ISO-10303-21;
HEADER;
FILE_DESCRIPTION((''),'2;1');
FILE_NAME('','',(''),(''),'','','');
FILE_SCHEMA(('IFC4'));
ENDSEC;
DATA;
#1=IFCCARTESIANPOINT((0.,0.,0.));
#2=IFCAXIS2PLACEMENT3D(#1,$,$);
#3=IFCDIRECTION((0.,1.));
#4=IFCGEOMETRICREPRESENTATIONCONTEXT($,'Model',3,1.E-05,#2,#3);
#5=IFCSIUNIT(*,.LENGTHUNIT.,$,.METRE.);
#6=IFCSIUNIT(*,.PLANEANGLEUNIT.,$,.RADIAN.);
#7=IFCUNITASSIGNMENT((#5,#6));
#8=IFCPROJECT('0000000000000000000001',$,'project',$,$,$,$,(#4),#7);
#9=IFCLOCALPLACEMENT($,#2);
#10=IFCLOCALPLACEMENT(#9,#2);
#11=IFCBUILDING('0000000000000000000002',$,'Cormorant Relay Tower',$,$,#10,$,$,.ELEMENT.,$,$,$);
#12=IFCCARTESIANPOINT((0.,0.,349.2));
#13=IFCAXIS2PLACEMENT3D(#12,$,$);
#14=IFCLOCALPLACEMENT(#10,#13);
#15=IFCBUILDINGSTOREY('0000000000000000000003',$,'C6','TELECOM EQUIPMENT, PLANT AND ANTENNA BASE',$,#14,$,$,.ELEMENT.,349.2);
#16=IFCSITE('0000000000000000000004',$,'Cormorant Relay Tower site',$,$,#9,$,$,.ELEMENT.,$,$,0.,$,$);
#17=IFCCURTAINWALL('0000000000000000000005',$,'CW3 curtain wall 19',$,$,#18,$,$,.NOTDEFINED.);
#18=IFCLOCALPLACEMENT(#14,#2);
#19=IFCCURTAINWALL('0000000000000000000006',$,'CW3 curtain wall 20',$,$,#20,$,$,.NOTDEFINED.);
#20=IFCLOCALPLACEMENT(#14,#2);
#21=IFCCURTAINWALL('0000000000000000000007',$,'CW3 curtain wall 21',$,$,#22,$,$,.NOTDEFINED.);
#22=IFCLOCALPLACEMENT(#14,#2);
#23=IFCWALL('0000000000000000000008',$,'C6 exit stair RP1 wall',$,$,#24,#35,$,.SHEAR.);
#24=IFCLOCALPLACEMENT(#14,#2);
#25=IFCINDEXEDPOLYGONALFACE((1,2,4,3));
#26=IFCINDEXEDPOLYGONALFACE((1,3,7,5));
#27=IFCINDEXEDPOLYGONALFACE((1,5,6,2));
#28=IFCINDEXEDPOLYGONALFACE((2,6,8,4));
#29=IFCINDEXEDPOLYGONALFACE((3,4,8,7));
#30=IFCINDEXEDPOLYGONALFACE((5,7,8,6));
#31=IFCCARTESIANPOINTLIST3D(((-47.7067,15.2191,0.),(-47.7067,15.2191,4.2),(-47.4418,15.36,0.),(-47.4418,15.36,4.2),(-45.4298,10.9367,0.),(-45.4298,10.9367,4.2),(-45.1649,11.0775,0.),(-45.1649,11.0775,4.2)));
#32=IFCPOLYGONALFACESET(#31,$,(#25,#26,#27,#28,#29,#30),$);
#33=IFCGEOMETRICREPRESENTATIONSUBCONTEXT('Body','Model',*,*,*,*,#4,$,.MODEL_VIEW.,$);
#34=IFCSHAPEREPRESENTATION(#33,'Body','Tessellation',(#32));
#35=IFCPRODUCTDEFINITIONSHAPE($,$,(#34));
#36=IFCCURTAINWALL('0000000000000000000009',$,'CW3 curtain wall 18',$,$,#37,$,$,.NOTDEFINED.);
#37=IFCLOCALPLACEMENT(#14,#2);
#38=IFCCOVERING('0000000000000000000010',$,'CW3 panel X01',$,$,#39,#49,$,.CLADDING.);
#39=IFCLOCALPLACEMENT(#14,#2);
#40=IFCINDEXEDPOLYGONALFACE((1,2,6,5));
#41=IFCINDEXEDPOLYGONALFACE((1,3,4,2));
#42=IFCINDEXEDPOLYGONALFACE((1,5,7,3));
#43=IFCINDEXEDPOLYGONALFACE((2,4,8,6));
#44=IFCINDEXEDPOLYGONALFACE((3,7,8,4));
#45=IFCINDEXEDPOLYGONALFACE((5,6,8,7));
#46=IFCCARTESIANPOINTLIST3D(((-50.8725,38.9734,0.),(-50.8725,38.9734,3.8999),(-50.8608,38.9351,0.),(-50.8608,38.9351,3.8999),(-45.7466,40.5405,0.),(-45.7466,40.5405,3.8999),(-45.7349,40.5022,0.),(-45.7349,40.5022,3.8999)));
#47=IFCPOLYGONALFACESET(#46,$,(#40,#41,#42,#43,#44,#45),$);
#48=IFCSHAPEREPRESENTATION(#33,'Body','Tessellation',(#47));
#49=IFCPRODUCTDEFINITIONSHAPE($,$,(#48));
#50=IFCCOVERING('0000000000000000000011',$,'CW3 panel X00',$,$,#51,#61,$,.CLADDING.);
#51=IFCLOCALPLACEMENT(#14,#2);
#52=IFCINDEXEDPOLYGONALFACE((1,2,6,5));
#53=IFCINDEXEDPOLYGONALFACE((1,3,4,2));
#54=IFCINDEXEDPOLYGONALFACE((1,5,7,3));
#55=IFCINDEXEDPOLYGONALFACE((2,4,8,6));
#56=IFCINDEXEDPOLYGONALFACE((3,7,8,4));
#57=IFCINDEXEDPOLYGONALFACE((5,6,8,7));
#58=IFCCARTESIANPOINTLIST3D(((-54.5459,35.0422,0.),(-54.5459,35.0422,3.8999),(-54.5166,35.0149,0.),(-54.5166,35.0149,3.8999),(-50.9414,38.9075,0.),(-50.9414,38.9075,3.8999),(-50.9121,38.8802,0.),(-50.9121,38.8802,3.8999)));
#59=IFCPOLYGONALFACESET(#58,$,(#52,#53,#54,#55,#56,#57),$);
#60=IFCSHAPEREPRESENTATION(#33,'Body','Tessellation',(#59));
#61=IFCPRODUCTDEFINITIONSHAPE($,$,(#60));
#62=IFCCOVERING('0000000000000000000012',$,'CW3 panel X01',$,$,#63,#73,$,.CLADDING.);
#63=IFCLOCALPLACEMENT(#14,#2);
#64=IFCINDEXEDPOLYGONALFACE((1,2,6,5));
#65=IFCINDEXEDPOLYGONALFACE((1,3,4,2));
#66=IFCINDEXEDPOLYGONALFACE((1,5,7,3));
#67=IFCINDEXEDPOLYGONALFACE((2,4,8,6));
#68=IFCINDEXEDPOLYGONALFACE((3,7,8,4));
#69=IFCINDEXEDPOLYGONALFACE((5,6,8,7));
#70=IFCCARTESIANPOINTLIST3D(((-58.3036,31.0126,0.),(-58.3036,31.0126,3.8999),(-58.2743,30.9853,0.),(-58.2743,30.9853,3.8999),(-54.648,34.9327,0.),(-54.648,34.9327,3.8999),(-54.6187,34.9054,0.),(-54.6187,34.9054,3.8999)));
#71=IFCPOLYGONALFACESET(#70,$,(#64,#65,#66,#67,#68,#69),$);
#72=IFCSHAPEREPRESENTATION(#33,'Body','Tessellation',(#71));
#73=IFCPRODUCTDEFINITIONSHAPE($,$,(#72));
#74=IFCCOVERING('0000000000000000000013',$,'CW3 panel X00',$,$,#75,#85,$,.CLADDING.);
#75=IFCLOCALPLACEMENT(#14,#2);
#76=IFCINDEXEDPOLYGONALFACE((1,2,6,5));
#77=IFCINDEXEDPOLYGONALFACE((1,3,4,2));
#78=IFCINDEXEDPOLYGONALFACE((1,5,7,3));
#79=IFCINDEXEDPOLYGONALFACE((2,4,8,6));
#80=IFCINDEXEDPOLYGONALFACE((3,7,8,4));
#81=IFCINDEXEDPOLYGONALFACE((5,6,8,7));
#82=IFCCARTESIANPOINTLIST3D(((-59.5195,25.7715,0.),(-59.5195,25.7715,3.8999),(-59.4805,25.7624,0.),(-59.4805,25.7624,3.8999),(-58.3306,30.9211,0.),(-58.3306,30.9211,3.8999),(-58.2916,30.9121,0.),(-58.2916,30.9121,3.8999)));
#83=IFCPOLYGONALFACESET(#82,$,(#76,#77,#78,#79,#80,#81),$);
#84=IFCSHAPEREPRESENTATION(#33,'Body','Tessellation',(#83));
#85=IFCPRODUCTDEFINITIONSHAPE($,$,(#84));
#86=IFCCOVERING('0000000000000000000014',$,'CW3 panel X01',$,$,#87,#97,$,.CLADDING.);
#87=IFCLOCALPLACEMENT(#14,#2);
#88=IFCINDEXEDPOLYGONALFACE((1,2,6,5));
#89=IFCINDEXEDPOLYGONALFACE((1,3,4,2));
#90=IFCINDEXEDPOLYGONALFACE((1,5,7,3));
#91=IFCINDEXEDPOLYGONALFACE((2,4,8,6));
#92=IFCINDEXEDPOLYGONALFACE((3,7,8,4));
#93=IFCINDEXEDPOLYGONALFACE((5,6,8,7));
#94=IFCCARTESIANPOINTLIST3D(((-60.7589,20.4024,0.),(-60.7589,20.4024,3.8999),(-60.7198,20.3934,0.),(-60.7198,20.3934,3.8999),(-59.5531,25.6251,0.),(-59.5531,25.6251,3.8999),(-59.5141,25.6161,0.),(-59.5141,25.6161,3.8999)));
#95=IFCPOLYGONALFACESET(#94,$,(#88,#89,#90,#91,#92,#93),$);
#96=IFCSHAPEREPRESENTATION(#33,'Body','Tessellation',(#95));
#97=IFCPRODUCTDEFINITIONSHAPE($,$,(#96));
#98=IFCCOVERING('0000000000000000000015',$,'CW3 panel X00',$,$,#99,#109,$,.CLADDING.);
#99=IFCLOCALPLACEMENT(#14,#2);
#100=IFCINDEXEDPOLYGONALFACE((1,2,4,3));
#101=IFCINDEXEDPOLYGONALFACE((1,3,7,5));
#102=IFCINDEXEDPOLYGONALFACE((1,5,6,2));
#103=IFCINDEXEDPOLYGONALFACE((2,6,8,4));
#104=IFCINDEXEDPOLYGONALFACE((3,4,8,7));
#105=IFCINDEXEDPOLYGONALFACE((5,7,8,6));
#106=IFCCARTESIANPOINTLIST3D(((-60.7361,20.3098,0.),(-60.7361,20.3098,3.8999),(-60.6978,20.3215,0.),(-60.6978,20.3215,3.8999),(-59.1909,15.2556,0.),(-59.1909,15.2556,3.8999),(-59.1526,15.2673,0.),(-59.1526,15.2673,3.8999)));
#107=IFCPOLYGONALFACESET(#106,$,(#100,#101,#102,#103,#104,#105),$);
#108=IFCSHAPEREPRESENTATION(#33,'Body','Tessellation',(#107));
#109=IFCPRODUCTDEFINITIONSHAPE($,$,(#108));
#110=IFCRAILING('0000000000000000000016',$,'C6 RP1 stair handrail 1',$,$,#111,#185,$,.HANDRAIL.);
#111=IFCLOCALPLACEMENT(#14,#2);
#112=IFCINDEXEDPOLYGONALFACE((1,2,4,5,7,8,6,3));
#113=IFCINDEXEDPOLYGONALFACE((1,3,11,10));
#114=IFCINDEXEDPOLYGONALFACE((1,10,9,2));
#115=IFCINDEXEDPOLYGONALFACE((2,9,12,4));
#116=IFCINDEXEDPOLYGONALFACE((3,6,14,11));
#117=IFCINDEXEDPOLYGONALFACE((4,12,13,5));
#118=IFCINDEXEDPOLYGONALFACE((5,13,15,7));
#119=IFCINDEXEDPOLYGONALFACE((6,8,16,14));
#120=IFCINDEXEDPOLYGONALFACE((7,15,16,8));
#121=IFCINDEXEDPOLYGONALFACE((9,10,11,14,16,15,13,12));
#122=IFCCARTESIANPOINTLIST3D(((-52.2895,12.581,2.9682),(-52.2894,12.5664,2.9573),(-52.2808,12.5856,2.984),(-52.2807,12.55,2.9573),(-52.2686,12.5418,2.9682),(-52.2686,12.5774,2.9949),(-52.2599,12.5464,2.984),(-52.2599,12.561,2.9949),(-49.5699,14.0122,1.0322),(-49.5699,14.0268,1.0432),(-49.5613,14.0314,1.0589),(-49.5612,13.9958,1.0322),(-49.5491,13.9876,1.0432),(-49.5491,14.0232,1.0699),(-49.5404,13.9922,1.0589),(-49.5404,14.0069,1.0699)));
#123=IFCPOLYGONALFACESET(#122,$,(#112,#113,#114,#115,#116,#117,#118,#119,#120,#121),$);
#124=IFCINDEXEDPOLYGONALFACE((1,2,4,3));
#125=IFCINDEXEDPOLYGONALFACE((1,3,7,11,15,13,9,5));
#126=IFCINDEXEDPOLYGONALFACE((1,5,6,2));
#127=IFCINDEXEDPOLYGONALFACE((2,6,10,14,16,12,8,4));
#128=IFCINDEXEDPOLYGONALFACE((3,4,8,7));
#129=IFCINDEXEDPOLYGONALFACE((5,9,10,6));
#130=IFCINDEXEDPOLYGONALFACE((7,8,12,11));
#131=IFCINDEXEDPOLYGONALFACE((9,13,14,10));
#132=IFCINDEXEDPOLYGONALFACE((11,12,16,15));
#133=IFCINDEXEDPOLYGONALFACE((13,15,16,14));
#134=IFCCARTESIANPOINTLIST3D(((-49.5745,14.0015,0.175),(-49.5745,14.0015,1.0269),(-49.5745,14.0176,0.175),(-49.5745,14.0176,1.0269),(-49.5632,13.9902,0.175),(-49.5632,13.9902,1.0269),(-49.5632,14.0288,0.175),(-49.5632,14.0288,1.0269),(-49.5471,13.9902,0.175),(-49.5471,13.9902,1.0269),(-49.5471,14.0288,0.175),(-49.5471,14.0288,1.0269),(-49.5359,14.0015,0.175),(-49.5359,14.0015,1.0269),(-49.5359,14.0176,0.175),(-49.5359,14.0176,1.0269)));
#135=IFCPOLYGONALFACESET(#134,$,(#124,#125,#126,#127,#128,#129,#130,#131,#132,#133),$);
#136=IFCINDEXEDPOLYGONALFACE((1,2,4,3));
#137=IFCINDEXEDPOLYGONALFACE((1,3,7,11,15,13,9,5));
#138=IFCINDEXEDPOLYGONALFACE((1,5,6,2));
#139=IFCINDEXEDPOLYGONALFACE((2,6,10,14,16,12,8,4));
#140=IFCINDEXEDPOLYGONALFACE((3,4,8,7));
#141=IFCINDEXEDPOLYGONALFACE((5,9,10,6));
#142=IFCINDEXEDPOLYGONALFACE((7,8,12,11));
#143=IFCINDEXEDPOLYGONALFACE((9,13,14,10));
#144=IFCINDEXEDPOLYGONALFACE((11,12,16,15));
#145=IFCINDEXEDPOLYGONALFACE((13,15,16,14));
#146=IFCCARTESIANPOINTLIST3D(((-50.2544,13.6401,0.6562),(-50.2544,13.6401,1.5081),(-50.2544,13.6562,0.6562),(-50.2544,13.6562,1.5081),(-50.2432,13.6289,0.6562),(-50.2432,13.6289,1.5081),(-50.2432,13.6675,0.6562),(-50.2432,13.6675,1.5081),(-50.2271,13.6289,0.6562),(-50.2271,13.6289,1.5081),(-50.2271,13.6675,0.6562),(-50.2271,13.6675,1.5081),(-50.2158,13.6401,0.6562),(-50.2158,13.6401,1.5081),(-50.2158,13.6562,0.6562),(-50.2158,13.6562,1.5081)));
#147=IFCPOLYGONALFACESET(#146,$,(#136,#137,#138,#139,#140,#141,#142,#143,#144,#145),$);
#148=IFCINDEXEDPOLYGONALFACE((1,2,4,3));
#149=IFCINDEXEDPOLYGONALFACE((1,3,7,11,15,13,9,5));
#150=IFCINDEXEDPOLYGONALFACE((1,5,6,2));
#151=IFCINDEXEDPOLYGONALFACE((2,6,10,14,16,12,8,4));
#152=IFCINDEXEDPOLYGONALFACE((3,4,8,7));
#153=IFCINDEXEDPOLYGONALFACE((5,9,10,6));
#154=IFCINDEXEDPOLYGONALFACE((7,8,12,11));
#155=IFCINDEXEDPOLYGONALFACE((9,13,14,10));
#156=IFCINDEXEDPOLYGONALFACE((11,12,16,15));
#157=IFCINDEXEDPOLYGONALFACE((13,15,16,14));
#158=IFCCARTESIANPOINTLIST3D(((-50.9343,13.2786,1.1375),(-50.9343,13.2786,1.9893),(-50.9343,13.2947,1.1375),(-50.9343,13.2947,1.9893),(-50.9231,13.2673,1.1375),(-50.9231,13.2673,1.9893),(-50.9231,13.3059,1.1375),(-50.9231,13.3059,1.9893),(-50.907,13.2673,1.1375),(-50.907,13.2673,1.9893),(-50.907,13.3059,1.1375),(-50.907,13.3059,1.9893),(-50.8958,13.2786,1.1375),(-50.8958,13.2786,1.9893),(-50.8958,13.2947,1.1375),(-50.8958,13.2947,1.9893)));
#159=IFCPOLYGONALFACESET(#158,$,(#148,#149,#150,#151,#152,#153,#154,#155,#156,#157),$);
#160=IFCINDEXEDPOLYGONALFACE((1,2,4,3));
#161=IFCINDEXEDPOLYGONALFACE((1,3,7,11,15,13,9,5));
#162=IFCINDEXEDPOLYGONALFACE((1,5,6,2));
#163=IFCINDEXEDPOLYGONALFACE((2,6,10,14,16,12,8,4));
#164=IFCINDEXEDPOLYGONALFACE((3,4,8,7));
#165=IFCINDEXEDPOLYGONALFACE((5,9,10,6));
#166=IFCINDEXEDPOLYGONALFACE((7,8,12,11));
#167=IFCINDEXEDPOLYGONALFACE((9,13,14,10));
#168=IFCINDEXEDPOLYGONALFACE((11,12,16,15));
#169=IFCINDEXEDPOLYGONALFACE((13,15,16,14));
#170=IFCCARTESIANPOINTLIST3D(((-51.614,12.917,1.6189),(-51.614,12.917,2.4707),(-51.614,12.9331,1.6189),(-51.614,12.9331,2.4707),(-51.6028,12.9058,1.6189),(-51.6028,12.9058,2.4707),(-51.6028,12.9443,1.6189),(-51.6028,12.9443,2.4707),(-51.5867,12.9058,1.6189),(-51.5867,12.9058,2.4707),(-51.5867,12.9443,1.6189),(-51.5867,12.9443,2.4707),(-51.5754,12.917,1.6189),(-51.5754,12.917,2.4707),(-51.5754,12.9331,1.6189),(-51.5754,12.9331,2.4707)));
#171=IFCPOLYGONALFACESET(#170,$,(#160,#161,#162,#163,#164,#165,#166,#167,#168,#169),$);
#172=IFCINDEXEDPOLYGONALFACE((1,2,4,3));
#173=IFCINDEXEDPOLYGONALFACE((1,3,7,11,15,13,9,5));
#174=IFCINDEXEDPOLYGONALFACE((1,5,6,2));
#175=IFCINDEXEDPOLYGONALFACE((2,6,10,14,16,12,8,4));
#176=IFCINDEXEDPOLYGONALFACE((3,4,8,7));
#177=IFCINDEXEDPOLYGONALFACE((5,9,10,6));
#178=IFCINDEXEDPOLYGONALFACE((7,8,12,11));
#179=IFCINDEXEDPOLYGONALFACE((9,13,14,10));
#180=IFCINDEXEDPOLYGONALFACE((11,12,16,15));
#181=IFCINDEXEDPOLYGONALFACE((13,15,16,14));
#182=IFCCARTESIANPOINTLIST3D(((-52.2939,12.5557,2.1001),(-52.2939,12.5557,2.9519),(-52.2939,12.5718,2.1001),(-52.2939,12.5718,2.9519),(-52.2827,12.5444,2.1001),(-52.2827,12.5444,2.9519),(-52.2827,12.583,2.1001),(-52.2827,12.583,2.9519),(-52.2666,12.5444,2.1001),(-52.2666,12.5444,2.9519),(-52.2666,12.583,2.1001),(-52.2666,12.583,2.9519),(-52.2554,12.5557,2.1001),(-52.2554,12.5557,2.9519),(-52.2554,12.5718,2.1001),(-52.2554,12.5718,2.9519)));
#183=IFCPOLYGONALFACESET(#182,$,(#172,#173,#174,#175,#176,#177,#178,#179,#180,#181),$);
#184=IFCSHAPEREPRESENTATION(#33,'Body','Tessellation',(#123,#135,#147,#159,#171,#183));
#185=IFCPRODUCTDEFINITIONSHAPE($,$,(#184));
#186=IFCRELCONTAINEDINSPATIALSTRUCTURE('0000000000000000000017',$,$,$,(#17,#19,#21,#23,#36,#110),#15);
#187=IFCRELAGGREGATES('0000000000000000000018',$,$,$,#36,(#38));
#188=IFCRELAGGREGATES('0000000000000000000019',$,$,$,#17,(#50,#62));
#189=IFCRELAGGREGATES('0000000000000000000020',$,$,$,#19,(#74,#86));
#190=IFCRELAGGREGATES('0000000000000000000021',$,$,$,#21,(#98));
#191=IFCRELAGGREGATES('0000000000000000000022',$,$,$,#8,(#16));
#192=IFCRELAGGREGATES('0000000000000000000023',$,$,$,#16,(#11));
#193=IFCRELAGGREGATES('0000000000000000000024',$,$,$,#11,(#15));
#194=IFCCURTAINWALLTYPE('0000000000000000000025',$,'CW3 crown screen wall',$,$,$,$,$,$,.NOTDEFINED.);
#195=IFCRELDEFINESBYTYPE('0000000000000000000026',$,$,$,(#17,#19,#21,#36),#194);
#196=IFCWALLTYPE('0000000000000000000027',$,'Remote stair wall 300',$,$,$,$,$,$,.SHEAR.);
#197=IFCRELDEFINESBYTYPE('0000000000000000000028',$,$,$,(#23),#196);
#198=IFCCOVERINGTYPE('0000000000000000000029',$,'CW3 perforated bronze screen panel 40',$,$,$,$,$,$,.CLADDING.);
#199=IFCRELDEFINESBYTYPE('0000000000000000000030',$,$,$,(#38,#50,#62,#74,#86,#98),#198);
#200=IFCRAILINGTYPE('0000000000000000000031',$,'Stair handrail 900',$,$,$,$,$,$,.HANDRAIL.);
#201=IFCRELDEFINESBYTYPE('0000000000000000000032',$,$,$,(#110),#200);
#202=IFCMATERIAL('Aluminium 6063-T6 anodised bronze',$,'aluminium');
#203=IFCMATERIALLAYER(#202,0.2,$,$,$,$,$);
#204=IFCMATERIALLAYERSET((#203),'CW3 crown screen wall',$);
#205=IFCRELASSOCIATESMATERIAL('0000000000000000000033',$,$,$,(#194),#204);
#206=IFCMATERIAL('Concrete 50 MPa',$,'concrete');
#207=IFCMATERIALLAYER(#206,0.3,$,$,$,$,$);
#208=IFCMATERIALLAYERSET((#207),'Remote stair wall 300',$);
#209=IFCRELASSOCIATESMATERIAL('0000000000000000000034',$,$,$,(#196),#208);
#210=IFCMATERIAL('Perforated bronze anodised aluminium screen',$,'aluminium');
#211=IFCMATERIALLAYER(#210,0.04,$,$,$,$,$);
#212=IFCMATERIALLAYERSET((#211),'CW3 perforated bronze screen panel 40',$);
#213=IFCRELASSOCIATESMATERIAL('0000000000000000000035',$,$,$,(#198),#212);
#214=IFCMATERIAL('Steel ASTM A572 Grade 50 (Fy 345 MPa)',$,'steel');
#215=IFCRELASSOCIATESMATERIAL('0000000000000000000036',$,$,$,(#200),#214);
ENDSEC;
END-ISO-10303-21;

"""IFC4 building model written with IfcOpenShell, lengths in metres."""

from ifc_helpers import new_model, si_unit, direction, frame, frame_2d, origin, origin_2d, place, context, subcontext, project, spatial, polyline, rectangle, outline, extrude, material, layer, layer_set, type_object, element, aggregate, save


model = new_model("IFC4")

# Units and contexts
model_context = context("Model", 3, precision=1e-05, world=origin(), true_north=direction((0.0, 1.0)))
body_context = subcontext(model_context, "Body", "Model", "MODEL_VIEW")
ifc_project = project(units=[si_unit("LENGTHUNIT", "METRE"), si_unit("PLANEANGLEUNIT", "RADIAN")], contexts=[model_context])

# Site, building, storey
site_placement = place(None, origin())
site = spatial("IfcSite", under=ifc_project, at=site_placement, Name="Cormorant Relay Tower site", CompositionType="ELEMENT", RefElevation=0.0)
building_placement = place(site_placement, origin())
building = spatial("IfcBuilding", under=site, at=building_placement, Name="Cormorant Relay Tower", CompositionType="ELEMENT")
storey_placement = place(building_placement, frame((0.0, 0.0, 349.2)))
storey = spatial("IfcBuildingStorey", under=building, at=storey_placement, Name="C6", Description="TELECOM EQUIPMENT, PLANT AND ANTENNA BASE", CompositionType="ELEMENT", Elevation=349.2)

# Curtain walls
ifc_material_1 = material(Name="Aluminium 6063-T6 anodised bronze", Category="aluminium")
ifc_layer_1 = layer(ifc_material_1, 0.2)
ifc_layer_set_1 = layer_set([ifc_layer_1], Name="CW3 crown screen wall")
curtain_wall_type = type_object("IfcCurtainWallType", Name="CW3 crown screen wall", PredefinedType="NOTDEFINED", material=ifc_layer_set_1)
curtain_wall_1_placement = place(storey_placement, origin())
curtain_wall_1 = element("IfcCurtainWall", 1, at=curtain_wall_1_placement, inside=storey, type_object=curtain_wall_type, Name="CW3 curtain wall 19", PredefinedType="NOTDEFINED")
curtain_wall_2_placement = place(storey_placement, origin())
curtain_wall_2 = element("IfcCurtainWall", 2, at=curtain_wall_2_placement, inside=storey, type_object=curtain_wall_type, Name="CW3 curtain wall 20", PredefinedType="NOTDEFINED")
curtain_wall_3_placement = place(storey_placement, origin())
curtain_wall_3 = element("IfcCurtainWall", 3, at=curtain_wall_3_placement, inside=storey, type_object=curtain_wall_type, Name="CW3 curtain wall 21", PredefinedType="NOTDEFINED")

# Wall
ifc_material_2 = material(Name="Concrete 50 MPa", Category="concrete")
ifc_layer_2 = layer(ifc_material_2, 0.3)
ifc_layer_set_2 = layer_set([ifc_layer_2], Name="Remote stair wall 300")
wall_type_1 = type_object("IfcWallType", Name="Remote stair wall 300", PredefinedType="SHEAR", material=ifc_layer_set_2)
wall_1_placement = place(storey_placement, frame((-47.5742, 15.2896, 0.0), z_axis=(0.0, 0.0, 1.0), x_axis=(0.469443, -0.882963, 0.0)))
element("IfcWall", 4, at=wall_1_placement, inside=storey, type_object=wall_type_1, Name="C6 exit stair RP1 wall", PredefinedType="SHEAR", context=body_context, shape_type="SweptSolid", body=[
    extrude(rectangle(XDim=4.8501, YDim=0.3, at=frame_2d((2.425, 0.0))), origin(), (0.0, 0.0, 1.0), 4.2),
])

# Curtain wall, covering
curtain_wall_4_placement = place(storey_placement, origin())
curtain_wall_4 = element("IfcCurtainWall", 5, at=curtain_wall_4_placement, inside=storey, type_object=curtain_wall_type, Name="CW3 curtain wall 18", PredefinedType="NOTDEFINED")
ifc_material_3 = material(Name="Perforated bronze anodised aluminium screen", Category="aluminium")
ifc_layer_3 = layer(ifc_material_3, 0.04)
ifc_layer_set_3 = layer_set([ifc_layer_3], Name="CW3 perforated bronze screen panel 40")
covering_type = type_object("IfcCoveringType", Name="CW3 perforated bronze screen panel 40", PredefinedType="CLADDING", material=ifc_layer_set_3)
covering_1_placement = place(storey_placement, frame((-48.3037, 39.7378, 0.0), z_axis=(0.0, 0.0, 1.0), x_axis=(-0.956305, -0.292372, 0.0)))
covering_1 = element("IfcCovering", 6, at=covering_1_placement, type_object=covering_type, Name="CW3 panel X01", PredefinedType="CLADDING", context=body_context, shape_type="SweptSolid", body=[
    extrude(rectangle(XDim=5.3601, YDim=0.04, at=origin_2d()), origin(), (0.0, 0.0, 1.0), 3.8999),
])
aggregate(curtain_wall_4, [covering_1])

# Coverings
covering_2_placement = place(storey_placement, frame((-52.729, 36.9612, 0.0), z_axis=(0.0, 0.0, 1.0), x_axis=(-0.681998, -0.731354, 0.0)))
covering_2 = element("IfcCovering", 7, at=covering_2_placement, type_object=covering_type, Name="CW3 panel X00", PredefinedType="CLADDING", context=body_context, shape_type="SweptSolid", body=[
    extrude(rectangle(XDim=5.2852, YDim=0.04, at=origin_2d()), origin(), (0.0, 0.0, 1.0), 3.8999),
])
covering_3_placement = place(storey_placement, frame((-56.4612, 32.959, 0.0), z_axis=(0.0, 0.0, 1.0), x_axis=(-0.681998, -0.731354, 0.0)))
covering_3 = element("IfcCovering", 8, at=covering_3_placement, type_object=covering_type, Name="CW3 panel X01", PredefinedType="CLADDING", context=body_context, shape_type="SweptSolid", body=[
    extrude(rectangle(XDim=5.3601, YDim=0.04, at=origin_2d()), origin(), (0.0, 0.0, 1.0), 3.8999),
])
aggregate(curtain_wall_1, [covering_2, covering_3])
covering_4_placement = place(storey_placement, frame((-58.9055, 28.3418, 0.0), z_axis=(0.0, 0.0, 1.0), x_axis=(-0.224951, -0.97437, 0.0)))
covering_4 = element("IfcCovering", 9, at=covering_4_placement, type_object=covering_type, Name="CW3 panel X00", PredefinedType="CLADDING", context=body_context, shape_type="SweptSolid", body=[
    extrude(rectangle(XDim=5.2852, YDim=0.04, at=origin_2d()), origin(), (0.0, 0.0, 1.0), 3.8999),
])
covering_5_placement = place(storey_placement, frame((-60.1365, 23.0093, 0.0), z_axis=(0.0, 0.0, 1.0), x_axis=(-0.224951, -0.97437, 0.0)))
covering_5 = element("IfcCovering", 10, at=covering_5_placement, type_object=covering_type, Name="CW3 panel X01", PredefinedType="CLADDING", context=body_context, shape_type="SweptSolid", body=[
    extrude(rectangle(XDim=5.3601, YDim=0.04, at=origin_2d()), origin(), (0.0, 0.0, 1.0), 3.8999),
])
aggregate(curtain_wall_2, [covering_4, covering_5])
covering_6_placement = place(storey_placement, frame((-59.9443, 17.7886, 0.0), z_axis=(0.0, 0.0, 1.0), x_axis=(0.292372, -0.956305, 0.0)))
covering_6 = element("IfcCovering", 11, at=covering_6_placement, type_object=covering_type, Name="CW3 panel X00", PredefinedType="CLADDING", context=body_context, shape_type="SweptSolid", body=[
    extrude(rectangle(XDim=5.2852, YDim=0.04, at=origin_2d()), origin(), (0.0, 0.0, 1.0), 3.8999),
])
aggregate(curtain_wall_3, [covering_6])

# Railing
ifc_material_4 = material(Name="Steel ASTM A572 Grade 50 (Fy 345 MPa)", Category="steel")
railing_type = type_object("IfcRailingType", Name="Stair handrail 900", PredefinedType="HANDRAIL", material=ifc_material_4)
railing_placement = place(storey_placement, frame((-49.5552, 14.0095, 0.175)))
element("IfcRailing", 12, at=railing_placement, inside=storey, type_object=railing_type, Name="C6 RP1 stair handrail 1", PredefinedType="HANDRAIL", context=body_context, shape_type="SweptSolid", body=[
    extrude(outline(polyline([(0.0222, 0.0093), (0.0093, 0.0222), (-0.0093, 0.0222), (-0.0222, 0.0093), (-0.0222, -0.0093), (-0.0093, -0.0222), (0.0093, -0.0222), (0.0222, -0.0093), (0.0222, 0.0093)])), frame((0.0, 0.0, 0.876), z_axis=(-0.748747, -0.398068, 0.530018), x_axis=(0.469428, -0.882971, 0.0)), (0.0, 0.0, 1.0), 3.6321),
    extrude(outline(polyline([(0.0193, 0.0081), (0.0081, 0.0193), (-0.0081, 0.0193), (-0.0193, 0.0081), (-0.0193, -0.0081), (-0.0081, -0.0193), (0.0081, -0.0193), (0.0193, -0.0081), (0.0193, 0.0081)])), origin(), (0.0, 0.0, 1.0), 0.8518),
    extrude(outline(polyline([(0.0193, 0.0081), (0.0081, 0.0193), (-0.0081, 0.0193), (-0.0193, 0.0081), (-0.0193, -0.0081), (-0.0081, -0.0193), (0.0081, -0.0193), (0.0193, -0.0081), (0.0193, 0.0081)])), frame((-0.6799, -0.3613, 0.4812)), (0.0, 0.0, 1.0), 0.8518),
    extrude(outline(polyline([(0.0193, 0.0081), (0.0081, 0.0193), (-0.0081, 0.0193), (-0.0193, 0.0081), (-0.0193, -0.0081), (-0.0081, -0.0193), (0.0081, -0.0193), (0.0193, -0.0081), (0.0193, 0.0081)])), frame((-1.3599, -0.7229, 0.9624)), (0.0, 0.0, 1.0), 0.8518),
    extrude(outline(polyline([(0.0193, 0.0081), (0.0081, 0.0193), (-0.0081, 0.0193), (-0.0193, 0.0081), (-0.0193, -0.0081), (-0.0081, -0.0193), (0.0081, -0.0193), (0.0193, -0.0081), (0.0193, 0.0081)])), frame((-2.0396, -1.0845, 1.4438)), (0.0, 0.0, 1.0), 0.8518),
    extrude(outline(polyline([(0.0193, 0.0081), (0.0081, 0.0193), (-0.0081, 0.0193), (-0.0193, 0.0081), (-0.0193, -0.0081), (-0.0081, -0.0193), (0.0081, -0.0193), (0.0193, -0.0081), (0.0193, 0.0081)])), frame((-2.7195, -1.4458, 1.925)), (0.0, 0.0, 1.0), 0.8518),
])

save(model, "model.ifc")
